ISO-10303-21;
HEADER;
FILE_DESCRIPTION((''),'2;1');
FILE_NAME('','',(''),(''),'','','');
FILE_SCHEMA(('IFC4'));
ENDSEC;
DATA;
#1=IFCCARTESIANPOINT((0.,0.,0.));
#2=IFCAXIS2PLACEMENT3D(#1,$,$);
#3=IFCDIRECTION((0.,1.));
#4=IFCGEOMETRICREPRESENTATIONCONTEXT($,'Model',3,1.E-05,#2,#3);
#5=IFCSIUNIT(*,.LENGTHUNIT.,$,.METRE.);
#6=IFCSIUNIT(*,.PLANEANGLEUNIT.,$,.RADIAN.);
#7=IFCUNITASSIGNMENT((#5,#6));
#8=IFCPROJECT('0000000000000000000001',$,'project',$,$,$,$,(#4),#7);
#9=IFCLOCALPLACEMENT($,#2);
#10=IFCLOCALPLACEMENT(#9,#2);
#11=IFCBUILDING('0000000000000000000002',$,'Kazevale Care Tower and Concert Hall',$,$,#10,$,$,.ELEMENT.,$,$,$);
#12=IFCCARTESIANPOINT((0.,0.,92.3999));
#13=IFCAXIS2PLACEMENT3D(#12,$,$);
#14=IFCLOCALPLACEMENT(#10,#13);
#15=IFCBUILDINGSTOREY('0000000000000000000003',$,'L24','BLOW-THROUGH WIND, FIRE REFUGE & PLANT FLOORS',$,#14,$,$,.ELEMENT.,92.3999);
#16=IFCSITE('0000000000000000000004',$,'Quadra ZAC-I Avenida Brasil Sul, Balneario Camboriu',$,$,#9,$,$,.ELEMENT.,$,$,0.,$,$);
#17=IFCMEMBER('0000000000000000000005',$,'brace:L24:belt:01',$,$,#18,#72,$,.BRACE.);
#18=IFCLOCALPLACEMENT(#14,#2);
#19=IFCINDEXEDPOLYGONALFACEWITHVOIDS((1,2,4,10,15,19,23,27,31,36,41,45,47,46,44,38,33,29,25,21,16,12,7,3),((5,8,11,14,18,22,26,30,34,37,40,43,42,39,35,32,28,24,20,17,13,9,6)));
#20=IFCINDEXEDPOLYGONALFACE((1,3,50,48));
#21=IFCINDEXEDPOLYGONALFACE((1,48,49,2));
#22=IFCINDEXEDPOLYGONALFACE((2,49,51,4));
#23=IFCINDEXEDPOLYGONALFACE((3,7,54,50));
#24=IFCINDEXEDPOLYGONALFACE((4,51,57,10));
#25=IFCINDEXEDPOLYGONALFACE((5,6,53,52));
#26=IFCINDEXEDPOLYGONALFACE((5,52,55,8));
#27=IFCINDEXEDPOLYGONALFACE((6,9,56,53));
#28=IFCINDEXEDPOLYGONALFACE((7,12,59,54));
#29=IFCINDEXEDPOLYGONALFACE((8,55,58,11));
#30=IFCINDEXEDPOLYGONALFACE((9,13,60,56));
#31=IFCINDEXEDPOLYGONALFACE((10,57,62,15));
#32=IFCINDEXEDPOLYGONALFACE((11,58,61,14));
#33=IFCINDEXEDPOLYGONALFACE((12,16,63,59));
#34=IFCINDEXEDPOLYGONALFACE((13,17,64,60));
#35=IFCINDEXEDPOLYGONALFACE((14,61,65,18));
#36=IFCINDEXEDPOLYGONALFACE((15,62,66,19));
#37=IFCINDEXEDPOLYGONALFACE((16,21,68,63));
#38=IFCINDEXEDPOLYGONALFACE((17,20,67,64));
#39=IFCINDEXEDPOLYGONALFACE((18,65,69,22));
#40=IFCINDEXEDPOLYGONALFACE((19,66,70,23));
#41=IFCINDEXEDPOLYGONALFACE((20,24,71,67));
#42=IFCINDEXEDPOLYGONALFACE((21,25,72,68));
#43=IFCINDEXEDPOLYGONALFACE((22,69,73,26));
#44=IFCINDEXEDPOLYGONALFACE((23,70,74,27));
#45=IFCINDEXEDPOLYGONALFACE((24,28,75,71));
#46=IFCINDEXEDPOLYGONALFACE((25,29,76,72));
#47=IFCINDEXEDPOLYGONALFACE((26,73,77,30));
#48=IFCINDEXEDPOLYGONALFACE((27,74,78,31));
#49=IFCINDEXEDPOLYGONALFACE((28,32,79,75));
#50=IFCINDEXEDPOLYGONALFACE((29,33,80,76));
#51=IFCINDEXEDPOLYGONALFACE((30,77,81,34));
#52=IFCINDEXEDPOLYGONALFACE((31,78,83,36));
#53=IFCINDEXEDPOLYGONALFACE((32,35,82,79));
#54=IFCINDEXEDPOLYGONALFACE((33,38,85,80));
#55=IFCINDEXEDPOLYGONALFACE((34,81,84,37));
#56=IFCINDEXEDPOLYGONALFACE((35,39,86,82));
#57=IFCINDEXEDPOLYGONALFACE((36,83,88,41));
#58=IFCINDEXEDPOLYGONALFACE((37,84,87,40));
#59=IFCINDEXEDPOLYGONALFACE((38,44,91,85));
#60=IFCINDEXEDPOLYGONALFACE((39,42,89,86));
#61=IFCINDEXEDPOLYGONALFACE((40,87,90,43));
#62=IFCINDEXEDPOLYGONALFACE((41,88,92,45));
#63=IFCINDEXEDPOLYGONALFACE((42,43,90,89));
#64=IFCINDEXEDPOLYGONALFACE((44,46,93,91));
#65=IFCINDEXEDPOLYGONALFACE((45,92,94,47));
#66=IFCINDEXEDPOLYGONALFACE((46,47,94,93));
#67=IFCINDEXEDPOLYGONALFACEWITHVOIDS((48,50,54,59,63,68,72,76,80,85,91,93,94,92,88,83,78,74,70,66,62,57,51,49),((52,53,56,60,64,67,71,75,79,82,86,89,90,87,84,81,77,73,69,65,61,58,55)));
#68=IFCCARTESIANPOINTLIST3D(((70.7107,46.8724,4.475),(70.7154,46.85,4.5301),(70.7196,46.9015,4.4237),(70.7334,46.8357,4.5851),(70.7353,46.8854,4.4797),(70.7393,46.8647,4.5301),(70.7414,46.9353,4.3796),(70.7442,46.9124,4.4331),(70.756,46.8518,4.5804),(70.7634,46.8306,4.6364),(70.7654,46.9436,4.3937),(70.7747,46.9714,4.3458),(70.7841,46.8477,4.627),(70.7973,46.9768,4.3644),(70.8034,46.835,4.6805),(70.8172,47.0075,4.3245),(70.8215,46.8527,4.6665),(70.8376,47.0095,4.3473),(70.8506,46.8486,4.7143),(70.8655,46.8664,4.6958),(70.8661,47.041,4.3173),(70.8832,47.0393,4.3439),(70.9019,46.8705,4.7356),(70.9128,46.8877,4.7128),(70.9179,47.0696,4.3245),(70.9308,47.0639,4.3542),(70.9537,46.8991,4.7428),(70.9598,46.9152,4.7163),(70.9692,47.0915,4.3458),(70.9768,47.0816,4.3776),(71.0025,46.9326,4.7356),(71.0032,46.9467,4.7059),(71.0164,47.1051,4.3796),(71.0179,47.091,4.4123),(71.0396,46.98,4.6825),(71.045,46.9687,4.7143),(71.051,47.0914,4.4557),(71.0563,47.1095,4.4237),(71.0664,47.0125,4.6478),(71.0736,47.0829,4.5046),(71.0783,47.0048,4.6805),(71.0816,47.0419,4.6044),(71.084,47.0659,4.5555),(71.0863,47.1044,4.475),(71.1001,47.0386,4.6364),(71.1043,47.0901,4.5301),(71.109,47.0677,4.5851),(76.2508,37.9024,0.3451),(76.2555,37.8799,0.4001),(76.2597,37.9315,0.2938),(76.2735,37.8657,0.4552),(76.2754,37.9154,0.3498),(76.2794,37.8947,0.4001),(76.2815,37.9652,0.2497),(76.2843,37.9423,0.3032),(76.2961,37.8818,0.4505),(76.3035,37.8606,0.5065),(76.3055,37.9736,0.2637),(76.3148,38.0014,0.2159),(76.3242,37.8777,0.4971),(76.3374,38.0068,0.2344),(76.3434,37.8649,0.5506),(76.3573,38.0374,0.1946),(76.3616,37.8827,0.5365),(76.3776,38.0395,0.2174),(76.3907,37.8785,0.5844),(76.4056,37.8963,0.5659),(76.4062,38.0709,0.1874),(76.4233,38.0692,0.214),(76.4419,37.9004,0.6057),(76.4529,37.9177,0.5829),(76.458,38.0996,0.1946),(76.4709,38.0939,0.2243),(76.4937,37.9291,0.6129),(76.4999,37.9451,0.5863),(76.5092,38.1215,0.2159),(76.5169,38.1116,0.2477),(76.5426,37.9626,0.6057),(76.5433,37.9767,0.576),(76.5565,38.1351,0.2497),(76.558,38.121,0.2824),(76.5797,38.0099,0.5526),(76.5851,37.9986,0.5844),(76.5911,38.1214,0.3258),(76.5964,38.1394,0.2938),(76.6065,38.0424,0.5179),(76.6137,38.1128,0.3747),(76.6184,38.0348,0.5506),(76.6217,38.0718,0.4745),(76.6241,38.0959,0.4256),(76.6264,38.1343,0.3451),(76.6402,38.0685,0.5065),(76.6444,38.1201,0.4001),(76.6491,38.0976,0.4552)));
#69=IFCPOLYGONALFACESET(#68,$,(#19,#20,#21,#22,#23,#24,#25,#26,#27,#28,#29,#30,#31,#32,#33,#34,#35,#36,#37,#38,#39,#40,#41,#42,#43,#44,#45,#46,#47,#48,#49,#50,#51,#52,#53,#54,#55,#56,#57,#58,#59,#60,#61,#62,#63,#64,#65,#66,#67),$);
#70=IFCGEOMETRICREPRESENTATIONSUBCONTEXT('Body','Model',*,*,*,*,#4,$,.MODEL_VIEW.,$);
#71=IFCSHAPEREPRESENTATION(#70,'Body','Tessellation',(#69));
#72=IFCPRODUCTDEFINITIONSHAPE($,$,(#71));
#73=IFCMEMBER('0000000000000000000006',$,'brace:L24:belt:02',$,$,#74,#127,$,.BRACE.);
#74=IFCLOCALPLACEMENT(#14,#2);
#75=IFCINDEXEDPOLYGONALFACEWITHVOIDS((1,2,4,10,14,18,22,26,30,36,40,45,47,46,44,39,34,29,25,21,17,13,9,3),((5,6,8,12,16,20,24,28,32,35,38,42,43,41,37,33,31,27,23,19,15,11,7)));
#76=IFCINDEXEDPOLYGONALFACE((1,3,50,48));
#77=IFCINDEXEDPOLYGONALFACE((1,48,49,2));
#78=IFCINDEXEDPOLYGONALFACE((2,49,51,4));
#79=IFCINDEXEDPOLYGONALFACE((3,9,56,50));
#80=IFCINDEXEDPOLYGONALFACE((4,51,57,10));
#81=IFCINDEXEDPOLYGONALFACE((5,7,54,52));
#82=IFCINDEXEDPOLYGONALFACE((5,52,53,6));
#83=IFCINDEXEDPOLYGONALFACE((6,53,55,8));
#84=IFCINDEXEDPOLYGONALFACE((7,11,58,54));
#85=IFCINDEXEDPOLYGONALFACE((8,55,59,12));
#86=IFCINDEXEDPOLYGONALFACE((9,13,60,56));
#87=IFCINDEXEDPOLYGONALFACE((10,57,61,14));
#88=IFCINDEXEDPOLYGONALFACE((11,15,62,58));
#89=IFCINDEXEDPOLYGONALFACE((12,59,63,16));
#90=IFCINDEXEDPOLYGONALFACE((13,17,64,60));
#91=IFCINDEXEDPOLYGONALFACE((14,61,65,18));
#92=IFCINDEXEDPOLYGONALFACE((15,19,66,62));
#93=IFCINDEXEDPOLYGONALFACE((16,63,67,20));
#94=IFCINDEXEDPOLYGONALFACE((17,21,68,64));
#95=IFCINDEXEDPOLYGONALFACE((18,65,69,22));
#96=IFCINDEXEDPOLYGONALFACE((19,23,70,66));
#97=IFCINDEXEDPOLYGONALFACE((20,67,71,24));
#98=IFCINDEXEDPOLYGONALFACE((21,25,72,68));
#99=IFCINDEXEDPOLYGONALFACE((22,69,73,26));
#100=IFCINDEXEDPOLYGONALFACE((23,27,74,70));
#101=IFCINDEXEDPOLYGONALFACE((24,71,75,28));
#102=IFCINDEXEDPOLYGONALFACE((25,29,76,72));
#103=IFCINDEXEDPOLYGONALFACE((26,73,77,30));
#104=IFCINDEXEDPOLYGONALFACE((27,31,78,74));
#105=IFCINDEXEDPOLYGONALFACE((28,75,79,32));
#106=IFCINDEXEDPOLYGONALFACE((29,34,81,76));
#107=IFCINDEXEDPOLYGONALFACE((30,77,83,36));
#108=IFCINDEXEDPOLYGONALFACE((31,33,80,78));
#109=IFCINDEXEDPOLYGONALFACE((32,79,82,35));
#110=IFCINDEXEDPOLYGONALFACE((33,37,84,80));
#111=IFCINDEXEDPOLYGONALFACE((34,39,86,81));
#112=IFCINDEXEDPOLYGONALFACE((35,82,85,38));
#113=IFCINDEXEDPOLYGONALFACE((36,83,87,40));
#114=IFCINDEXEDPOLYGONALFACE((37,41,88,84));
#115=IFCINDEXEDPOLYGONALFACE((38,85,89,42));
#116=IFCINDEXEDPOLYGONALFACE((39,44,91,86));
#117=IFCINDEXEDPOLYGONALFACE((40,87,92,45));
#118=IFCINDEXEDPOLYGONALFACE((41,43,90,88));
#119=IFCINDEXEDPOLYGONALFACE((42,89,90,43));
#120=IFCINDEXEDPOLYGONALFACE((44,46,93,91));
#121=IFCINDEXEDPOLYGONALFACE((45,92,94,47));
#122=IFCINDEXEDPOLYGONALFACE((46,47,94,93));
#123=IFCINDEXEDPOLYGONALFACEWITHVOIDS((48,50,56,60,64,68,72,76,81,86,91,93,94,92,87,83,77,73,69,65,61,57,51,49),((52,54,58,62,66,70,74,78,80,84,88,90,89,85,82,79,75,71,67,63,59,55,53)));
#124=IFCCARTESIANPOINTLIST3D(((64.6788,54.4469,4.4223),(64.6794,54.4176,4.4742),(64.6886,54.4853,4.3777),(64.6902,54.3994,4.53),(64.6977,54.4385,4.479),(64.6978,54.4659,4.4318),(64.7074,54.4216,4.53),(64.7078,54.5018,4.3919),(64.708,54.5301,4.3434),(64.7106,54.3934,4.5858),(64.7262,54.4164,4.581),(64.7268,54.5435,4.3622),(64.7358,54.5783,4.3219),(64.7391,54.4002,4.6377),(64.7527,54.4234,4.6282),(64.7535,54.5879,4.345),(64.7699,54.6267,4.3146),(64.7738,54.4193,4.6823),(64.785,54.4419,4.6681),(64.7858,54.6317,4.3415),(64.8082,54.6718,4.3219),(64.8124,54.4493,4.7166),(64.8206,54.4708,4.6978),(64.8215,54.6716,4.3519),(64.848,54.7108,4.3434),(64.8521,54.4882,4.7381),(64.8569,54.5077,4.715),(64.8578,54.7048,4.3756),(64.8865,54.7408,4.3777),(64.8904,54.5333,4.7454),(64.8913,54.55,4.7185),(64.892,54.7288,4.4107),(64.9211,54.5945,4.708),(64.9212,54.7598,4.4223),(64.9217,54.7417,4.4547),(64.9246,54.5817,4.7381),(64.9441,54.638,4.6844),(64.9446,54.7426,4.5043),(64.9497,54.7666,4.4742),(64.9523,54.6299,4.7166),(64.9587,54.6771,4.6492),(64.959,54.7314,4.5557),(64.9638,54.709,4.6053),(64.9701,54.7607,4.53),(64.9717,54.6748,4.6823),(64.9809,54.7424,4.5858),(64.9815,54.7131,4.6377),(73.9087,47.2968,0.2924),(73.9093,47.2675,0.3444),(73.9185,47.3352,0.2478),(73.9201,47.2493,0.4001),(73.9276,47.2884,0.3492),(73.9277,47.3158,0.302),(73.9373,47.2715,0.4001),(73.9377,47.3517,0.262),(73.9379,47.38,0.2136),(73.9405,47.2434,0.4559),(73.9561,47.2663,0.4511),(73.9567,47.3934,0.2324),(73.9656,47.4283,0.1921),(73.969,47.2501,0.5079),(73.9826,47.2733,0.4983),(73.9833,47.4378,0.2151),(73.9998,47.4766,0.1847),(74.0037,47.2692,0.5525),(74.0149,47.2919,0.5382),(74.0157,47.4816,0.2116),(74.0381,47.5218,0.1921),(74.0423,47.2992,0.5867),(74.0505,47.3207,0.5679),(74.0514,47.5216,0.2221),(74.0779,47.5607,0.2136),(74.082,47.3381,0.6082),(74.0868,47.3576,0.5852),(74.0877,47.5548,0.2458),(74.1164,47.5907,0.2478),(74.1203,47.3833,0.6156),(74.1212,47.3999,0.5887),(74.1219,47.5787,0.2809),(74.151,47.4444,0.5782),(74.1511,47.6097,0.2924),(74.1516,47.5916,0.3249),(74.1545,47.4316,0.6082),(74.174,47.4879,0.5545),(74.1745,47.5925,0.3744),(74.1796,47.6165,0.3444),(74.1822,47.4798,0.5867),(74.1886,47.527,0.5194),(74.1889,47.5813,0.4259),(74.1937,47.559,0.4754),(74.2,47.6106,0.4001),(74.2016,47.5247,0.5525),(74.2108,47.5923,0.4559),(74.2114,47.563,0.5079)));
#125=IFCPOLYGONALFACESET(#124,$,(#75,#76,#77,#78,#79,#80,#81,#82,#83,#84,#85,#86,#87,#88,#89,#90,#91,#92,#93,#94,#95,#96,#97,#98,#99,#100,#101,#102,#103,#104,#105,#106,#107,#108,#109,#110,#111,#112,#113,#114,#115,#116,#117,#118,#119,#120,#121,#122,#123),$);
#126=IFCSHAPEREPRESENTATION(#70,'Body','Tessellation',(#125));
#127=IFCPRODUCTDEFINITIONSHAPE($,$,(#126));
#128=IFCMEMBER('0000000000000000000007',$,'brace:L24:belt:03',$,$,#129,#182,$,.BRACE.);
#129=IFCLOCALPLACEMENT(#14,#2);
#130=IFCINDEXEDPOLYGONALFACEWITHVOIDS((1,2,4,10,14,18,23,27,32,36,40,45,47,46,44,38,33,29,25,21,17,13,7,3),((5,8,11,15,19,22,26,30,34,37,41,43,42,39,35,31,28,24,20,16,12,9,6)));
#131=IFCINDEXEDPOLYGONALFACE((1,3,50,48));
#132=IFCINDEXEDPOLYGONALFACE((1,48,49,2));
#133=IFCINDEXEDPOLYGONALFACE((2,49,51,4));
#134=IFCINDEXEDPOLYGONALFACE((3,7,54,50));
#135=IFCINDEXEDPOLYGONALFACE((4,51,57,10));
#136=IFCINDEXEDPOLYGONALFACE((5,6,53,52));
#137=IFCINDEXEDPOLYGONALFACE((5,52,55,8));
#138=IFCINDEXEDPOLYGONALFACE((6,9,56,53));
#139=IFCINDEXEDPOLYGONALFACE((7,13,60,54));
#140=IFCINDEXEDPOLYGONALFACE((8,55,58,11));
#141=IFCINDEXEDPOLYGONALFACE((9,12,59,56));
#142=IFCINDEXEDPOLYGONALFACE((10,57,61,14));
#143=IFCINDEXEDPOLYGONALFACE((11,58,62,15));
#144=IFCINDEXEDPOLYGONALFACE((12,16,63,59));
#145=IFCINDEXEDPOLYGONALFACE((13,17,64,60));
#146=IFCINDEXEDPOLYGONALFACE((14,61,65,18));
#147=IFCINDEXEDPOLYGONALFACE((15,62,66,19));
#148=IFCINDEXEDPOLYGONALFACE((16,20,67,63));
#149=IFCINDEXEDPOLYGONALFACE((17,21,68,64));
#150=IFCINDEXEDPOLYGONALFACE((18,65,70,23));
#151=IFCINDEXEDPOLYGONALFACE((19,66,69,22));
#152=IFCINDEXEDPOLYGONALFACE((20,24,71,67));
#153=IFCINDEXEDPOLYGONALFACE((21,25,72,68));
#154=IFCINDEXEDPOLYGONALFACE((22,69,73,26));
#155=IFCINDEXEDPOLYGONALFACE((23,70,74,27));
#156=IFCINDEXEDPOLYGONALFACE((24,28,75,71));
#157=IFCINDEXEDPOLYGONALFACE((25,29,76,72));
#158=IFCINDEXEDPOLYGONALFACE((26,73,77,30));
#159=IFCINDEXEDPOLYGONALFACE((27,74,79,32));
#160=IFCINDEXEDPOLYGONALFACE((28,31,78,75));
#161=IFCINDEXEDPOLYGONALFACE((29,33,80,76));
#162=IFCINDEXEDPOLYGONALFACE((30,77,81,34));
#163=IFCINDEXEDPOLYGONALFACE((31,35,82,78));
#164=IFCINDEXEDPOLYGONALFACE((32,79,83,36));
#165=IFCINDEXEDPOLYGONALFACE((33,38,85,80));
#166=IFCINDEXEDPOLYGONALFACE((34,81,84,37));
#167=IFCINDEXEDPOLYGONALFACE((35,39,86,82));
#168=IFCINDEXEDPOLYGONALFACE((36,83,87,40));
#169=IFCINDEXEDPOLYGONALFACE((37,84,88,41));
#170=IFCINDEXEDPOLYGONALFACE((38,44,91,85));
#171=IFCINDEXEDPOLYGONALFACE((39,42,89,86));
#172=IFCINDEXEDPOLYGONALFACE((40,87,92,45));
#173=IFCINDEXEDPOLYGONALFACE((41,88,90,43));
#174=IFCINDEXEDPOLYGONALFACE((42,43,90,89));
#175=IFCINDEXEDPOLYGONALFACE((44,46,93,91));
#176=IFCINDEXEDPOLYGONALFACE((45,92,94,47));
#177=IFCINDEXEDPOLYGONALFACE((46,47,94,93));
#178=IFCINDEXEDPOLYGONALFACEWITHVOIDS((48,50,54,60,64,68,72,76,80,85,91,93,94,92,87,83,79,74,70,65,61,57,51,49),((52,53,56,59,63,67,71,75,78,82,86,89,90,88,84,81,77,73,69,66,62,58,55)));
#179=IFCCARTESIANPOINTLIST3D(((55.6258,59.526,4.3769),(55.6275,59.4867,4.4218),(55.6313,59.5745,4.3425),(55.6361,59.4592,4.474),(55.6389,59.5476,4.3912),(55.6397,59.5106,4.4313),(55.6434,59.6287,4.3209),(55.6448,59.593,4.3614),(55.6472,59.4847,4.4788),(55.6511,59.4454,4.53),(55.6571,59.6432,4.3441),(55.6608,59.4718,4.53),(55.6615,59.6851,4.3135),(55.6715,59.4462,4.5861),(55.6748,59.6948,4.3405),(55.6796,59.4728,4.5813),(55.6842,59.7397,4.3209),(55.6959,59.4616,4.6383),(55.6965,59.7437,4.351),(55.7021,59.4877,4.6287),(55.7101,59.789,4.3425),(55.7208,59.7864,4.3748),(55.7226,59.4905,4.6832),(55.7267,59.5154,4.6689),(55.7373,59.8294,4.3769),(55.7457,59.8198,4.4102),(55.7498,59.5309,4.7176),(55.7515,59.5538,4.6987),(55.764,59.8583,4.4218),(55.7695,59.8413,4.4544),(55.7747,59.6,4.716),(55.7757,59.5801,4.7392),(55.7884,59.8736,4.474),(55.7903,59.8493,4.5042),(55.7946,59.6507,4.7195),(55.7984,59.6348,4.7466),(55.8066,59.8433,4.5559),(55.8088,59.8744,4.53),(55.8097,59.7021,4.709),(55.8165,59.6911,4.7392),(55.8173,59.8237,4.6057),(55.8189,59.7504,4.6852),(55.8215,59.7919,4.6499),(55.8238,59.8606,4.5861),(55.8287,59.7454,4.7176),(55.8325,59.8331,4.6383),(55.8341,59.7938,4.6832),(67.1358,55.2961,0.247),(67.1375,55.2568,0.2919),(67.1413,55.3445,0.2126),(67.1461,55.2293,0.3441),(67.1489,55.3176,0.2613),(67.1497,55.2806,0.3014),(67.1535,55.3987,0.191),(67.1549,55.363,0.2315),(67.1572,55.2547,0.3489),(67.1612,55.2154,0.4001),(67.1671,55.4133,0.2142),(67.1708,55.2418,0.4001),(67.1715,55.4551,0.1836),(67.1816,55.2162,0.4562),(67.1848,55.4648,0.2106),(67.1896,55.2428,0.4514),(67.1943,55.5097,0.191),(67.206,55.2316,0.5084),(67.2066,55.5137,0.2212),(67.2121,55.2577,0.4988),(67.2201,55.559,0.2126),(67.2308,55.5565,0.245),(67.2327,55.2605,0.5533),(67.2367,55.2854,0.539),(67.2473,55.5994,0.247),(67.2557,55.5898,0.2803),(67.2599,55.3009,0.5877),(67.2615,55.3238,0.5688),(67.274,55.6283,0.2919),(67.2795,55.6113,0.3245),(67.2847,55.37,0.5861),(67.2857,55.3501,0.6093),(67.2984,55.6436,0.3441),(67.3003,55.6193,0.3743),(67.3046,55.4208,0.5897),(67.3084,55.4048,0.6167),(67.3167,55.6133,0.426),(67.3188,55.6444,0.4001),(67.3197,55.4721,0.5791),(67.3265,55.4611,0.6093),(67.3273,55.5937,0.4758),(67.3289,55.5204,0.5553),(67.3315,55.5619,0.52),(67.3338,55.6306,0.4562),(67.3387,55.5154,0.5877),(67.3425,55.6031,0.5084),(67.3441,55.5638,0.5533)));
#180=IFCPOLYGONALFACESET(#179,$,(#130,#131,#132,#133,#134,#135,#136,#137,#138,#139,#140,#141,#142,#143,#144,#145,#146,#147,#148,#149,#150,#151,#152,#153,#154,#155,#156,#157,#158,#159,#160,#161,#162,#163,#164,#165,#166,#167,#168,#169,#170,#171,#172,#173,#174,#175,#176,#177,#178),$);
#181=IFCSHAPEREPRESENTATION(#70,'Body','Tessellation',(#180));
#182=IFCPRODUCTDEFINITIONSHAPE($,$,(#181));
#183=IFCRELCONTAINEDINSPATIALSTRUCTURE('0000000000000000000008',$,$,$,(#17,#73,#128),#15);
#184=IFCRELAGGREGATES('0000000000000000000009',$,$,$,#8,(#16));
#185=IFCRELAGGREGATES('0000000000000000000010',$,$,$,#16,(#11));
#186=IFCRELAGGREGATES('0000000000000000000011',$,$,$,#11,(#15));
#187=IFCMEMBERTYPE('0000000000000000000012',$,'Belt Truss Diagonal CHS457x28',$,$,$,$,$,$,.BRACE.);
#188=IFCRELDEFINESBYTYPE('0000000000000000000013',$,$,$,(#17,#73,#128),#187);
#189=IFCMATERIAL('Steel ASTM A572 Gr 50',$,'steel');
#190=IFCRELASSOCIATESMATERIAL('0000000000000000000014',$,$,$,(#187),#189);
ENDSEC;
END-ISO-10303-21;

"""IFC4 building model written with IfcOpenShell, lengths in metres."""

from ifc_helpers import new_model, si_unit, direction, frame, origin, origin_2d, place, context, subcontext, project, spatial, hollow_circle, extrude, material, material_profile, profile_set, type_object, element, save


model = new_model("IFC4")

# Units and contexts
model_context = context("Model", 3, precision=1e-05, world=origin(), true_north=direction((0.0, 1.0)))
body_context = subcontext(model_context, "Body", "Model", "MODEL_VIEW")
ifc_project = project(units=[si_unit("LENGTHUNIT", "METRE"), si_unit("PLANEANGLEUNIT", "RADIAN")], contexts=[model_context])

# Site, building, storey
site_placement = place(None, origin())
site = spatial("IfcSite", under=ifc_project, at=site_placement, Name="Quadra ZAC-I Avenida Brasil Sul, Balneario Camboriu", CompositionType="ELEMENT", RefElevation=0.0)
building_placement = place(site_placement, origin())
building = spatial("IfcBuilding", under=site, at=building_placement, Name="Kazevale Care Tower and Concert Hall", CompositionType="ELEMENT")
storey_placement = place(building_placement, frame((0.0, 0.0, 92.3999)))
storey = spatial("IfcBuildingStorey", under=building, at=storey_placement, Name="L24", Description="BLOW-THROUGH WIND, FIRE REFUGE & PLANT FLOORS", CompositionType="ELEMENT", Elevation=92.3999)

# Members
ifc_material_1 = material(Name="Steel ASTM A572 Gr 50", Category="steel")
ifc_material_profile_1 = material_profile(ifc_material_1, hollow_circle(Radius=0.2285, WallThickness=0.0281, at=origin_2d()), Name="CHS457x28")
ifc_profile_set_1 = profile_set([ifc_material_profile_1], Name="Steel ASTM A572 Gr 50")
member_type = type_object("IfcMemberType", Name="Belt Truss Diagonal CHS457x28", PredefinedType="BRACE", material=ifc_profile_set_1)
member_1_placement = place(storey_placement, frame((76.45, 38.0, 0.4001), z_axis=(-0.489277, 0.792196, 0.364737), x_axis=(-0.850808, -0.525477, 0.0)))
element("IfcMember", 1, at=member_1_placement, inside=storey, type_object=member_type, Name="brace:L24:belt:01", PredefinedType="BRACE", context=body_context, shape_type="SweptSolid", body=[
    extrude(hollow_circle(Radius=0.2285, WallThickness=0.0281, at=origin_2d()), origin(), (0.0, 0.0, 1.0), 11.323),
])
member_2_placement = place(storey_placement, frame((74.0601, 47.4299, 0.4001), z_axis=(-0.745292, 0.577352, 0.333475), x_axis=(-0.612406, -0.790543, 0.0)))
element("IfcMember", 2, at=member_2_placement, inside=storey, type_object=member_type, Name="brace:L24:belt:02", PredefinedType="BRACE", context=body_context, shape_type="SweptSolid", body=[
    extrude(hollow_circle(Radius=0.2285, WallThickness=0.0281, at=origin_2d()), origin(), (0.0, 0.0, 1.0), 12.3843),
])
member_3_placement = place(storey_placement, frame((67.24, 55.4299, 0.4001), z_axis=(-0.88953, 0.326906, 0.31917), x_axis=(-0.344948, -0.938622, 0.0)))
element("IfcMember", 3, at=member_3_placement, inside=storey, type_object=member_type, Name="brace:L24:belt:03", PredefinedType="BRACE", context=body_context, shape_type="SweptSolid", body=[
    extrude(hollow_circle(Radius=0.2285, WallThickness=0.0281, at=origin_2d()), origin(), (0.0, 0.0, 1.0), 12.9395),
])

save(model, "model.ifc")
